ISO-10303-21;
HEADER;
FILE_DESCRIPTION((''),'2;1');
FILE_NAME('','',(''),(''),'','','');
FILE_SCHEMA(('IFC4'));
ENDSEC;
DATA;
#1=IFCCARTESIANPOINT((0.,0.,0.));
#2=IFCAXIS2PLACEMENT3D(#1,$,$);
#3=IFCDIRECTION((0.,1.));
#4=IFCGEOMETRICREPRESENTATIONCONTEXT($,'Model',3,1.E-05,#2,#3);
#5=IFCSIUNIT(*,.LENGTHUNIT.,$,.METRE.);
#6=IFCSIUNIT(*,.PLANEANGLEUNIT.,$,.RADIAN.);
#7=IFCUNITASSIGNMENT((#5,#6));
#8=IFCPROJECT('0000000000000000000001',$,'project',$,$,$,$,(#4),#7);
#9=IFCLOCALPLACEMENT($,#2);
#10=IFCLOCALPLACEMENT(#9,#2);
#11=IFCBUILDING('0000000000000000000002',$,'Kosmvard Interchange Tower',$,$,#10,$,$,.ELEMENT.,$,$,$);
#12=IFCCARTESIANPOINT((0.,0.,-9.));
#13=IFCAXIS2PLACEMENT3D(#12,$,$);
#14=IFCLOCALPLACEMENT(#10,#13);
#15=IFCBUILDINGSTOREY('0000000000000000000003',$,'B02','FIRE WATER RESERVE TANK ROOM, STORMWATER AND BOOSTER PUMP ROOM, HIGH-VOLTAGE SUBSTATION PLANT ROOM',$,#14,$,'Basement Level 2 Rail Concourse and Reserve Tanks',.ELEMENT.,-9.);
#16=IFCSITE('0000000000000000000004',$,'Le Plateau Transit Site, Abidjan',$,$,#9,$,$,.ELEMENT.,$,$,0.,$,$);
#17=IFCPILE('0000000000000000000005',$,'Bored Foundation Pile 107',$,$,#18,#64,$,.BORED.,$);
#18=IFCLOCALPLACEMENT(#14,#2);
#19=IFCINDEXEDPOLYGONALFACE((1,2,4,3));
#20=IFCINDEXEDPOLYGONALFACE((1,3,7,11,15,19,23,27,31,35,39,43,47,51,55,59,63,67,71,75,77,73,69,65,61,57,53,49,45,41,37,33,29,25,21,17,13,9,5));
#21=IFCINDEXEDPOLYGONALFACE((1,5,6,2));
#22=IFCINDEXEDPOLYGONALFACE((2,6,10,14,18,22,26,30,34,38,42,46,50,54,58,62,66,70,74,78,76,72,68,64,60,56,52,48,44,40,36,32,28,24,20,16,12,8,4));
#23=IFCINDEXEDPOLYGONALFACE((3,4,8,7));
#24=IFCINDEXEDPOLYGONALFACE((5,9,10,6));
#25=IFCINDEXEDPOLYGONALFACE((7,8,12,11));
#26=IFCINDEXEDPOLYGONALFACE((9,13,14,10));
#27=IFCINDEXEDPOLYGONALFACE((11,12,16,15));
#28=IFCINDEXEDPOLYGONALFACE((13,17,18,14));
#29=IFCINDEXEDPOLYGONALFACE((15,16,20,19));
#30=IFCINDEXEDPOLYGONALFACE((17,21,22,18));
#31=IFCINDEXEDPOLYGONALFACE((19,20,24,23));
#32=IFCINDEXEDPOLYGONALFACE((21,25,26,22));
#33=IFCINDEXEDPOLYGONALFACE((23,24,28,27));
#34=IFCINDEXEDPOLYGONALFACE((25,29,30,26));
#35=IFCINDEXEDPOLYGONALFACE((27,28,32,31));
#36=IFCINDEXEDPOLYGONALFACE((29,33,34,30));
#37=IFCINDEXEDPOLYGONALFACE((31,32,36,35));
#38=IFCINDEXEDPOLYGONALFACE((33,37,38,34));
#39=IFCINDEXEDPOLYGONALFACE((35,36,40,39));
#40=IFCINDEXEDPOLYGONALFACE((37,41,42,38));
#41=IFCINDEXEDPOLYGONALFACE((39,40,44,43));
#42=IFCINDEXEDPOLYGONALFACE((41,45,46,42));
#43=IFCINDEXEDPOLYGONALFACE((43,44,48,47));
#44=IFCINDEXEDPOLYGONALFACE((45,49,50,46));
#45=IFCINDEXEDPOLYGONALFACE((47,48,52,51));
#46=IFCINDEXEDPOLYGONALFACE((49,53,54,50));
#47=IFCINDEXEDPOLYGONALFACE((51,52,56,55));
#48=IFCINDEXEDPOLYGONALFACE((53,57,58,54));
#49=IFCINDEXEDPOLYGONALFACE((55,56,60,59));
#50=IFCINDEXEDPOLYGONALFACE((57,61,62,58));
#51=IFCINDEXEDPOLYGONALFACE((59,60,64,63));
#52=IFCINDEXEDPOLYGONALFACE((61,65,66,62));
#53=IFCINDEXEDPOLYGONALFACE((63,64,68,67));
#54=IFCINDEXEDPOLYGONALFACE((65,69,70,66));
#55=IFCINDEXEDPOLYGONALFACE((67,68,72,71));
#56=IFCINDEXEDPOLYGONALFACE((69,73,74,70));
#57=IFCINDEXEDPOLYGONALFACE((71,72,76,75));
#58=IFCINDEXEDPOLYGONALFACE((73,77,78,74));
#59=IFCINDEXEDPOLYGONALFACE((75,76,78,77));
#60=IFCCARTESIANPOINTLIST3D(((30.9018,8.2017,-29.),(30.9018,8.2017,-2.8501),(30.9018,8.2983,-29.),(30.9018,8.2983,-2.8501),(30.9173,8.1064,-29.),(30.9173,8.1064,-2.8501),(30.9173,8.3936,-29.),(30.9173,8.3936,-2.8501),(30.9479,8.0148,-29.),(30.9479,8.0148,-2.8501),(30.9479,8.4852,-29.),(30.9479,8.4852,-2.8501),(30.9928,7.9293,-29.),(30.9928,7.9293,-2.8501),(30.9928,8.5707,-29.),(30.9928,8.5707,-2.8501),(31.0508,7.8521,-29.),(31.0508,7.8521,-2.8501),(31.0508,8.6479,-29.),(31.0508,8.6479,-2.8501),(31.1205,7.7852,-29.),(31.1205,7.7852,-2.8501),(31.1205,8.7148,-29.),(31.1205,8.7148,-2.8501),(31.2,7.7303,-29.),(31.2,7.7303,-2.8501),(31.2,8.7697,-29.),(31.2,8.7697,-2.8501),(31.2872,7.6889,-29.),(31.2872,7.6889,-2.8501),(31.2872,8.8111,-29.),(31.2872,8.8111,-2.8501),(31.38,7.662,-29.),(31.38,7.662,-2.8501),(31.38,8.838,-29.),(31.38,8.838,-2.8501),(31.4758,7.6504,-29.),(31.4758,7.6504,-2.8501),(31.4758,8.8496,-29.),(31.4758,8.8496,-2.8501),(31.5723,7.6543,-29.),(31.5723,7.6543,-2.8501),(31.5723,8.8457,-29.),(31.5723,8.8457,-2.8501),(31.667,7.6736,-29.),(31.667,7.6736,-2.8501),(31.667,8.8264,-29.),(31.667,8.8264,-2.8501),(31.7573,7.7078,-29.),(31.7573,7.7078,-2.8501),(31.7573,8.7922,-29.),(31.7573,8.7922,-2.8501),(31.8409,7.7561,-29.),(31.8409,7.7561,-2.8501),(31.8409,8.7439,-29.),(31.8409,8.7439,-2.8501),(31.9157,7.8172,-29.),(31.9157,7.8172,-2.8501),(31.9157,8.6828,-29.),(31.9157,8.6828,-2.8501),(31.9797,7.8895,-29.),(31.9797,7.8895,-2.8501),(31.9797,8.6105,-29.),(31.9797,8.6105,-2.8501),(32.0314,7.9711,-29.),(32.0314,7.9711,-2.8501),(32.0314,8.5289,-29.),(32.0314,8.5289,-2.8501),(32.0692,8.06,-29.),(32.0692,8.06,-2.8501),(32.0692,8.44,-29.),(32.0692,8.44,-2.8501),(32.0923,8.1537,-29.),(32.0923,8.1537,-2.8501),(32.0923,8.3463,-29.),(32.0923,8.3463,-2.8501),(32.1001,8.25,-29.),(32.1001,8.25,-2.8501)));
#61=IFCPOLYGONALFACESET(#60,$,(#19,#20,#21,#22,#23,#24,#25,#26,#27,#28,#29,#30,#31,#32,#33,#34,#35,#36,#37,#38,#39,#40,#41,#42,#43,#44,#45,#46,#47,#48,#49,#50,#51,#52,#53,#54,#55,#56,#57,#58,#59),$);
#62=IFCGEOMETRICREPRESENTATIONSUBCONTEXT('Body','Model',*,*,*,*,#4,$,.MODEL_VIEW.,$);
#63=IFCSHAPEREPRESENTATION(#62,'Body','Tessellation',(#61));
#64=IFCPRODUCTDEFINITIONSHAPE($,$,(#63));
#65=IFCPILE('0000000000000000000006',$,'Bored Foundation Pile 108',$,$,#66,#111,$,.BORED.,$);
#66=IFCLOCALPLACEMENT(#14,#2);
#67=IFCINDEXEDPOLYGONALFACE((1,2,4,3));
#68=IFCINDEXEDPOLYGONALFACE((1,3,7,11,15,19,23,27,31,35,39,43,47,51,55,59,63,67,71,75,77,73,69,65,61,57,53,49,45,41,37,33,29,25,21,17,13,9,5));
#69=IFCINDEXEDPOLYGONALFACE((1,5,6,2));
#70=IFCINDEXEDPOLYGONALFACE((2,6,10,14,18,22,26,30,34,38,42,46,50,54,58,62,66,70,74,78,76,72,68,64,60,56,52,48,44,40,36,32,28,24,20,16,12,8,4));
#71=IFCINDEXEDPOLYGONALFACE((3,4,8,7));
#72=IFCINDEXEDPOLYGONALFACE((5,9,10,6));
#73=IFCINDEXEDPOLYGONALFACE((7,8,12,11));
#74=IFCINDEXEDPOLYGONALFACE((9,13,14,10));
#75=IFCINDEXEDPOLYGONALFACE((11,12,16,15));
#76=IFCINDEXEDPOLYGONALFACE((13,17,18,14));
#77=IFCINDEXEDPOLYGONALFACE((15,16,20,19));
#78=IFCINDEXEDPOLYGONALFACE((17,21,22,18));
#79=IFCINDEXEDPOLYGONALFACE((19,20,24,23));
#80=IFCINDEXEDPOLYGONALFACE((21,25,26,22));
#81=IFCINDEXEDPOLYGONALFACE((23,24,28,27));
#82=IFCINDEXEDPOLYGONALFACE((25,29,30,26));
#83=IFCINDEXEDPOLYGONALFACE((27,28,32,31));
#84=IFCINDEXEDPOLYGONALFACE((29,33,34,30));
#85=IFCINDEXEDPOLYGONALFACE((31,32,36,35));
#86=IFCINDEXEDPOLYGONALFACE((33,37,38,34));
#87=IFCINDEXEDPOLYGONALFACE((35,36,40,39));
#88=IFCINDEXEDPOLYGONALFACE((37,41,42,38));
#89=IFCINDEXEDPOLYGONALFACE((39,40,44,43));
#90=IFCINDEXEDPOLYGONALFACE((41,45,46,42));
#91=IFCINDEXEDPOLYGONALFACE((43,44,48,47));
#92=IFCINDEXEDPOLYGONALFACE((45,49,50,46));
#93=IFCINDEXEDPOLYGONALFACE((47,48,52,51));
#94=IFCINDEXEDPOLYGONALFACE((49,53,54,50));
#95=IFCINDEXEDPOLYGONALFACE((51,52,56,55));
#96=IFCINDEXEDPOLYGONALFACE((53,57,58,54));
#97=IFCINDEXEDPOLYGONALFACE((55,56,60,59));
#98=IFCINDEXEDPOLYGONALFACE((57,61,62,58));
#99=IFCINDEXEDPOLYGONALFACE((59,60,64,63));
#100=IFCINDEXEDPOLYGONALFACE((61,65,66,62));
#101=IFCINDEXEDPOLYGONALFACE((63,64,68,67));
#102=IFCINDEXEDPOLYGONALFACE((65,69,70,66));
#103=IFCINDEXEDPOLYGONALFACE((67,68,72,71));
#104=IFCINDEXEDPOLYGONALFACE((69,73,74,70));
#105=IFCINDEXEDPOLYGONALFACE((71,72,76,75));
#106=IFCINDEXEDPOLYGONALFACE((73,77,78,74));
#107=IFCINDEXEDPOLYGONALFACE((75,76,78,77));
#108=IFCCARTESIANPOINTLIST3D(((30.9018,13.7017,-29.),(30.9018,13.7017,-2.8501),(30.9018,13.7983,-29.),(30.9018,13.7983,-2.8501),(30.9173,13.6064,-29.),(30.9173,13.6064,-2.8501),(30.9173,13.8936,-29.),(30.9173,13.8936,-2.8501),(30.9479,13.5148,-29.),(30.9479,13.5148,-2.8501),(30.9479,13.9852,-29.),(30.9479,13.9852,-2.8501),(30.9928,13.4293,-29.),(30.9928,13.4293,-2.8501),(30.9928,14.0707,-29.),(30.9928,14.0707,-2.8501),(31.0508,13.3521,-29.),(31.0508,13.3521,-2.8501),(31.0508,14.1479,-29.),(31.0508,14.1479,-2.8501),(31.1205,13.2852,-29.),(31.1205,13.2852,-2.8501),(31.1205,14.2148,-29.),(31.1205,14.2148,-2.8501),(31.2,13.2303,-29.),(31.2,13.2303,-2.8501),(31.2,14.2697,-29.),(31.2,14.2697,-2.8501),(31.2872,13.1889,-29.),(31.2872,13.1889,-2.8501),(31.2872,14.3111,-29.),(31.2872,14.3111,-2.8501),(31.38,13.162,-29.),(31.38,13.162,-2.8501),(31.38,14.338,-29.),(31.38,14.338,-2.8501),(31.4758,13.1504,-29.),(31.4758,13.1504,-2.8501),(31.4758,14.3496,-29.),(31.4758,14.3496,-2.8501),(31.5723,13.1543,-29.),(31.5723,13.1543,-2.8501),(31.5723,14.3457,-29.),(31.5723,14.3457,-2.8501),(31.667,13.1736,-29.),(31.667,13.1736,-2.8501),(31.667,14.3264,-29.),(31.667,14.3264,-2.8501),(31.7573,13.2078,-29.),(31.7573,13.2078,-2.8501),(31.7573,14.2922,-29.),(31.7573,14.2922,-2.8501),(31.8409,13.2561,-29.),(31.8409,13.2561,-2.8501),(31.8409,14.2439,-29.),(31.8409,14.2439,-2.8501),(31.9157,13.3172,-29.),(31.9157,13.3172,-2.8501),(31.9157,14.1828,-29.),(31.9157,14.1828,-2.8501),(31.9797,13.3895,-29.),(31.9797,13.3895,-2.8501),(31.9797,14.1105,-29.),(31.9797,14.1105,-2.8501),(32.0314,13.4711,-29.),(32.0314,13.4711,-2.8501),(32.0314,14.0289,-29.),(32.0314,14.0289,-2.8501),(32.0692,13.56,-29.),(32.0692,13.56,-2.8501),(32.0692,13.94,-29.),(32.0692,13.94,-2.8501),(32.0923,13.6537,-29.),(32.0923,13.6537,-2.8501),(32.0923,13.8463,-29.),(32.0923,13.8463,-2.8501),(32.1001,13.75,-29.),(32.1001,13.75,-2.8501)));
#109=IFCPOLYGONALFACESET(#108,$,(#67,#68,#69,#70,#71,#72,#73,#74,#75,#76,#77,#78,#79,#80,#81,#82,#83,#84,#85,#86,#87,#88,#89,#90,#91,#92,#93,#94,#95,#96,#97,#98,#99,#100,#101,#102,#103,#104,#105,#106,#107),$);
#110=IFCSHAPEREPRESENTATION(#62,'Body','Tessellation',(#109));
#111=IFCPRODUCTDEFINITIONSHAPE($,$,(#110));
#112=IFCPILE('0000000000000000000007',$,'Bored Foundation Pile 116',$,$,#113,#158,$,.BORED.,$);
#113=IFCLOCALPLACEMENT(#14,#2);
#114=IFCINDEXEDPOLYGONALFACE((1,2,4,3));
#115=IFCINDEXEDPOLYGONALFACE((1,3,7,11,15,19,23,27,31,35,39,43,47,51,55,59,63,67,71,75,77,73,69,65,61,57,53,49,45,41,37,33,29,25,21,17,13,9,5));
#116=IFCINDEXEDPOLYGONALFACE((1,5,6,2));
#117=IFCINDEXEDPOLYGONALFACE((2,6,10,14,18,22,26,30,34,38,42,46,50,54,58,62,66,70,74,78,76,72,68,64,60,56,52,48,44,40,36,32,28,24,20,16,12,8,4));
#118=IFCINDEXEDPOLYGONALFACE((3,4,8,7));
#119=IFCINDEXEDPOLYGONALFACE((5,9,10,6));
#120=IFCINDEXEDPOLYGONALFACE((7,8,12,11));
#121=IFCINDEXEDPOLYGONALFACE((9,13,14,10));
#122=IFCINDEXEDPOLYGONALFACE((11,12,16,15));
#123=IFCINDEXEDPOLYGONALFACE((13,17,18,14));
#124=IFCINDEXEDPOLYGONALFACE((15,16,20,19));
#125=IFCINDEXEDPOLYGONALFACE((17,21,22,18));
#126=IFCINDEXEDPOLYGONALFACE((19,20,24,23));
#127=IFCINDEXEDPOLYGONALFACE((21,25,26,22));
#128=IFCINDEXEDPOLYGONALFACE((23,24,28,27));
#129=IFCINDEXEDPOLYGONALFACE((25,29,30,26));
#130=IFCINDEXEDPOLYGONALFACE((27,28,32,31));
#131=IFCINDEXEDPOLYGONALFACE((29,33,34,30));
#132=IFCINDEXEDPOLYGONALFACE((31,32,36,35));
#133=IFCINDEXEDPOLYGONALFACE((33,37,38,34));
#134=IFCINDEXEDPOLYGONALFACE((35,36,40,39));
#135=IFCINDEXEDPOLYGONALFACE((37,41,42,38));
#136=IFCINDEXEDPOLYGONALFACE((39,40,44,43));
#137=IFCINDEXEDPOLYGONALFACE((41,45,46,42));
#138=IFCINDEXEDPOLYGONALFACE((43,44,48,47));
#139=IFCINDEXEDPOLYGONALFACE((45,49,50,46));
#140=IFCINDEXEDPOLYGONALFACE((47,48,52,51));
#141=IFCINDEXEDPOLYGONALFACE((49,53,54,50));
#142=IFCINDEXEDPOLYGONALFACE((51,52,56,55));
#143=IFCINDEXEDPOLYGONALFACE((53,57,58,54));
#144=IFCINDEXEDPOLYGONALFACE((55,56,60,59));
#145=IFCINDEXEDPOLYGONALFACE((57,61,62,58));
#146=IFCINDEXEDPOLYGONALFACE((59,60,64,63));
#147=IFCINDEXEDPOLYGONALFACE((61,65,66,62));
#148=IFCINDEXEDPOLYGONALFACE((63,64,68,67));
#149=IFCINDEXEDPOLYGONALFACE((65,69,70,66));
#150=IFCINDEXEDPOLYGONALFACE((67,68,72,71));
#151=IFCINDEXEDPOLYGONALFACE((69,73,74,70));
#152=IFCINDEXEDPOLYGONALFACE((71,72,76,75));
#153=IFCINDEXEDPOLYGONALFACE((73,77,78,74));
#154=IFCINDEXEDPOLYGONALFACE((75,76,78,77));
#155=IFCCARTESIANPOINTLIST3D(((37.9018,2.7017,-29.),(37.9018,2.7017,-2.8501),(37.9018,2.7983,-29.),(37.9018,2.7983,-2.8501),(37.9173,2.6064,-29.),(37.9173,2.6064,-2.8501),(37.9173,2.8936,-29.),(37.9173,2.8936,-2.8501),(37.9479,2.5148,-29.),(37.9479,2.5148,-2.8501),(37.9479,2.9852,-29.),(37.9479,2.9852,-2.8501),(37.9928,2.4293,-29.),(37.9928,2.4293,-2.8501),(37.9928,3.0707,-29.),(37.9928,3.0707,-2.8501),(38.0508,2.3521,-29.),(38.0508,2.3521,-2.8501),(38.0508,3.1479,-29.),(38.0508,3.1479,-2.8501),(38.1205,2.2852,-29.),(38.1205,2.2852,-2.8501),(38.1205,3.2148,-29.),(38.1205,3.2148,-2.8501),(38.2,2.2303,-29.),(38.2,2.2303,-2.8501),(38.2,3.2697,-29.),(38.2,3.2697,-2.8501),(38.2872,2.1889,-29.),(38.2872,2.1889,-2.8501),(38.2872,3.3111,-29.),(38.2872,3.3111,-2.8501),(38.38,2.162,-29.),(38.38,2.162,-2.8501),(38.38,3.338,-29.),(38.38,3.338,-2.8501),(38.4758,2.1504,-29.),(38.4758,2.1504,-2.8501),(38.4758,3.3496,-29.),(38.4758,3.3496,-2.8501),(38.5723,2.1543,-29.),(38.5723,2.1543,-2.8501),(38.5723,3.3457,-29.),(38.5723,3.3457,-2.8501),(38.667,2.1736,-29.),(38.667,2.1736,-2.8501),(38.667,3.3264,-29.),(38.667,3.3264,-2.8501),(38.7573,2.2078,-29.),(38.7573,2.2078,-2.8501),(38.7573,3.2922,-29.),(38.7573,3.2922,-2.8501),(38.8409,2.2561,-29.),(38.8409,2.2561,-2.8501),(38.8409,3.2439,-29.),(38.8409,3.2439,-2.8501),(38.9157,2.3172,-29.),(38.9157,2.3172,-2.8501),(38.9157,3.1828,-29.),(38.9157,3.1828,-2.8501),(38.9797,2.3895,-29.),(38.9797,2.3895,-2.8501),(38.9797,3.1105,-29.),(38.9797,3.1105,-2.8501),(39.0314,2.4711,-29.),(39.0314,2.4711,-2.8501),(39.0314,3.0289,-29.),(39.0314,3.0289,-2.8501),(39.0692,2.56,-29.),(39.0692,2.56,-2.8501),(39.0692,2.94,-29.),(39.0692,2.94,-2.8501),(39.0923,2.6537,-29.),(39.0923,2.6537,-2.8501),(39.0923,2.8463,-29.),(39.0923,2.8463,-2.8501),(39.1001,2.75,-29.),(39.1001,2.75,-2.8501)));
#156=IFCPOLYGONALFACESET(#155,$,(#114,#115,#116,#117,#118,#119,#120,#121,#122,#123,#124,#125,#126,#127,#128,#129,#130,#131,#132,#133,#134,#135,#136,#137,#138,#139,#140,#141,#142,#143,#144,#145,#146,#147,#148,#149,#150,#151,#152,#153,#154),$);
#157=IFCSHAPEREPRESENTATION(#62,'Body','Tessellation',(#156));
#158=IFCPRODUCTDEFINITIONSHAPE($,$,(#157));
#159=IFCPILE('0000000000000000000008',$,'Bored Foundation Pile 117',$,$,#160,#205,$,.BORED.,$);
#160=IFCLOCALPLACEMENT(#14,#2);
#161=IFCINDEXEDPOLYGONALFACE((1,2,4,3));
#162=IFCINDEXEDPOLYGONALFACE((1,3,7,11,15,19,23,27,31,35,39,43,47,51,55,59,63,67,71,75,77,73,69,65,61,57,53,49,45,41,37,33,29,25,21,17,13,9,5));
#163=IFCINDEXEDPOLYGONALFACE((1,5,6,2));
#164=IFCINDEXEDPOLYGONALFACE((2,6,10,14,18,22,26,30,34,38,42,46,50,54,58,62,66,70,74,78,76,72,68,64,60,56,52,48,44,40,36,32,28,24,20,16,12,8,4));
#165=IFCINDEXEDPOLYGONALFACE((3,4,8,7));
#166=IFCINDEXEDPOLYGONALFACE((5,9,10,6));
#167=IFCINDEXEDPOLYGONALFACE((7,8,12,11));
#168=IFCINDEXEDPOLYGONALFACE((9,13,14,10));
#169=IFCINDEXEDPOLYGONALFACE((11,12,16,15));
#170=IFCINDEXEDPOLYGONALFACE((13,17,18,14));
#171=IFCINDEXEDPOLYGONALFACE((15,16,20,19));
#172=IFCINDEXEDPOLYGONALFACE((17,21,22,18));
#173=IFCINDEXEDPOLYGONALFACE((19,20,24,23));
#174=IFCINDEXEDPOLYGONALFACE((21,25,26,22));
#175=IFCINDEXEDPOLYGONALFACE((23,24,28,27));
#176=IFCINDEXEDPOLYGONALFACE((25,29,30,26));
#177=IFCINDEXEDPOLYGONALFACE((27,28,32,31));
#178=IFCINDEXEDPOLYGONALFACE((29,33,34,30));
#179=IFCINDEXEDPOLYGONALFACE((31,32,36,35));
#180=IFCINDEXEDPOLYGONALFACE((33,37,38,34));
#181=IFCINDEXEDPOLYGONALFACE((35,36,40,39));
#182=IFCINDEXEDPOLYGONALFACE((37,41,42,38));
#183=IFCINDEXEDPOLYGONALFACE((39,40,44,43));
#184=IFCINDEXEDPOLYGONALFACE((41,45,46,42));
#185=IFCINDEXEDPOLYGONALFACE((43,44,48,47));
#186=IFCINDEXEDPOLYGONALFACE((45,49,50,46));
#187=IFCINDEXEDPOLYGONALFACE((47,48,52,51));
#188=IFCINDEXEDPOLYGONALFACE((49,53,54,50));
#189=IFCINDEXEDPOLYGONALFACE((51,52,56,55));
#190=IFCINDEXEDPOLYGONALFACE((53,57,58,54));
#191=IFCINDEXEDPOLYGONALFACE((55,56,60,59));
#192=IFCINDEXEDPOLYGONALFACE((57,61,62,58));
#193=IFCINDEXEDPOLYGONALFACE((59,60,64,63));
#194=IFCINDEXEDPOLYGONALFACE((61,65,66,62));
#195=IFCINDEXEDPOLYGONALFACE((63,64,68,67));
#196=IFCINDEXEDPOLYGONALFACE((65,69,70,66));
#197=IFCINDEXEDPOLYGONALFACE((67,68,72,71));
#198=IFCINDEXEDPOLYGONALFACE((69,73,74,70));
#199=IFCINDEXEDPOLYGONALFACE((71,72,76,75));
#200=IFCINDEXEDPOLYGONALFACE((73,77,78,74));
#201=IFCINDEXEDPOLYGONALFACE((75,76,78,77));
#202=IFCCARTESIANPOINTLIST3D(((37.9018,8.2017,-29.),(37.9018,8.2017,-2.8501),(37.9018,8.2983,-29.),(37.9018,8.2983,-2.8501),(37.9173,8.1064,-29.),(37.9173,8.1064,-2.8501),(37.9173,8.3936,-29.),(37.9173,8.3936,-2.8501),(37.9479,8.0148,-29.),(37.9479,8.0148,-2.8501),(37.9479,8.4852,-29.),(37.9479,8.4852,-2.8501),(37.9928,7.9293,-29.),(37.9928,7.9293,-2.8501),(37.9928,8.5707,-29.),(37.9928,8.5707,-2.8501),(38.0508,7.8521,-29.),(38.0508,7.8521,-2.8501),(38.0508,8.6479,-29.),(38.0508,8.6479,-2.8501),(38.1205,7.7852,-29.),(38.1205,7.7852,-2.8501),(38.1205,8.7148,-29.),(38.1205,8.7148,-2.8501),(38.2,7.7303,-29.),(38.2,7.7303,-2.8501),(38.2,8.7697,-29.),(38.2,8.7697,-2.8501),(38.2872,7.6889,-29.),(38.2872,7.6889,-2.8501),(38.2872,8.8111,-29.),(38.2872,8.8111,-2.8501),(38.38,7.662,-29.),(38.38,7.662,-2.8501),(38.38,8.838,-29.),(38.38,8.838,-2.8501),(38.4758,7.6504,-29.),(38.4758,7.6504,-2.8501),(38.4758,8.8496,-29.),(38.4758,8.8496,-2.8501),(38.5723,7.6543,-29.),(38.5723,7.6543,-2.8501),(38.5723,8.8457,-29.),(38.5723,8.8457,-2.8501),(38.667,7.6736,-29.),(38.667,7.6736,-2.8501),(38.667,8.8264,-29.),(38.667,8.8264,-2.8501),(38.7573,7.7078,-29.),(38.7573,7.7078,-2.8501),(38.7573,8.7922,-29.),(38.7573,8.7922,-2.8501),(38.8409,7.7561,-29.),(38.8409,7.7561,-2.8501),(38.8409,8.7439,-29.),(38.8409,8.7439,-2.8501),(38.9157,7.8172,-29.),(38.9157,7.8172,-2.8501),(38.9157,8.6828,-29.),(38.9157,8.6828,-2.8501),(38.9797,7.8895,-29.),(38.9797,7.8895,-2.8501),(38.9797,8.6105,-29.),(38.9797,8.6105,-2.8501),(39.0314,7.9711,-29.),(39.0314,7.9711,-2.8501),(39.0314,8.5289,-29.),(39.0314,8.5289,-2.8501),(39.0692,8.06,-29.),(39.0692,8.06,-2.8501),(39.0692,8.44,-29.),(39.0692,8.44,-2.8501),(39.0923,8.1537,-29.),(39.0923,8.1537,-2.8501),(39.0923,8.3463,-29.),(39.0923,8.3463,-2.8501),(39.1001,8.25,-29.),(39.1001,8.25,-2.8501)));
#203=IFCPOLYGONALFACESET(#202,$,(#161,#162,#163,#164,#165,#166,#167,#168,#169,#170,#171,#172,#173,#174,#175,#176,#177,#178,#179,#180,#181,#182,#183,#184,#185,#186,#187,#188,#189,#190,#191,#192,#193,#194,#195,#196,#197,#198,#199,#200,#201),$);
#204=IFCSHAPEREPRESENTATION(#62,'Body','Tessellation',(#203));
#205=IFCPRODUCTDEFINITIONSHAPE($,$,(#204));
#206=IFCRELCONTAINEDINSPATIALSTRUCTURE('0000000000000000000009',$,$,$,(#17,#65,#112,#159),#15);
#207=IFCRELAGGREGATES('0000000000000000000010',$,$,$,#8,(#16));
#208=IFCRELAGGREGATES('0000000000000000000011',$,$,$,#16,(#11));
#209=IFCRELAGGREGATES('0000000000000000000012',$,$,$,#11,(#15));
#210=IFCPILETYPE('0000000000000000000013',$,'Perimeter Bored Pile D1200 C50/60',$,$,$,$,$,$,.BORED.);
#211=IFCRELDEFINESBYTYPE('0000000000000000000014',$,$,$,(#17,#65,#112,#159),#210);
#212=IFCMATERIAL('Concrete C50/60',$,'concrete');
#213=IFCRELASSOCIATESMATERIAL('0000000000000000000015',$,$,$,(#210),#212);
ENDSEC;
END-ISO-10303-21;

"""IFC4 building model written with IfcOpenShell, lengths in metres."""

from ifc_helpers import new_model, si_unit, direction, frame, origin, origin_2d, place, context, subcontext, project, spatial, circle, extrude, source, transform, mapped, material, material_profile, profile_set, type_object, element, save


model = new_model("IFC4")

# Units and contexts
model_context = context("Model", 3, precision=1e-05, world=origin(), true_north=direction((0.0, 1.0)))
body_context = subcontext(model_context, "Body", "Model", "MODEL_VIEW")
ifc_project = project(units=[si_unit("LENGTHUNIT", "METRE"), si_unit("PLANEANGLEUNIT", "RADIAN")], contexts=[model_context])

# Site, building, storey
site_placement = place(None, origin())
site = spatial("IfcSite", under=ifc_project, at=site_placement, Name="Le Plateau Transit Site, Abidjan", CompositionType="ELEMENT", RefElevation=0.0)
building_placement = place(site_placement, origin())
building = spatial("IfcBuilding", under=site, at=building_placement, Name="Kosmvard Interchange Tower", CompositionType="ELEMENT")
storey_placement = place(building_placement, frame((0.0, 0.0, -9.0)))
storey = spatial("IfcBuildingStorey", under=building, at=storey_placement, Name="B02", Description="FIRE WATER RESERVE TANK ROOM, STORMWATER AND BOOSTER PUMP ROOM, HIGH-VOLTAGE SUBSTATION PLANT ROOM", LongName="Basement Level 2 Rail Concourse and Reserve Tanks", CompositionType="ELEMENT", Elevation=-9.0)

# Piles
ifc_material_1 = material(Name="Concrete C50/60", Category="concrete")
ifc_material_profile_1 = material_profile(ifc_material_1, circle(Radius=0.6001, at=origin_2d()), Name="PILE D1200")
ifc_profile_set_1 = profile_set([ifc_material_profile_1], Name="Concrete C50/60")
pile_type = type_object("IfcPileType", Name="Perimeter Bored Pile D1200 C50/60", PredefinedType="BORED", material=ifc_profile_set_1)
shared_shape_1 = source(origin(), body_context, "Body", "SweptSolid", [
    extrude(circle(Radius=0.6001, at=origin_2d()), origin(), (0.0, 0.0, 1.0), 26.1499),
])
for number, where, z_axis, x_axis, name in (
    (1, (31.5, 8.25, -2.8501), (0.0, 0.0, -1.0), (1.0, 0.0, 0.0), "Bored Foundation Pile 107"),
    (2, (31.5, 13.75, -2.8501), (0.0, 0.0, -1.0), (1.0, 0.0, 0.0), "Bored Foundation Pile 108"),
    (3, (38.5, 2.75, -2.8501), (0.0, 0.0, -1.0), (1.0, 0.0, 0.0), "Bored Foundation Pile 116"),
    (4, (38.5, 8.25, -2.8501), (0.0, 0.0, -1.0), (1.0, 0.0, 0.0), "Bored Foundation Pile 117"),
):
    element("IfcPile", number, at=place(storey_placement, frame(where, z_axis=z_axis, x_axis=x_axis)), inside=storey, type_object=pile_type, Name=name, PredefinedType="BORED", context=body_context, shape_type="MappedRepresentation", body=[
        mapped(shared_shape_1, transform((0.0, 0.0, 0.0), scale=1.0)),
    ])

save(model, "model.ifc")
